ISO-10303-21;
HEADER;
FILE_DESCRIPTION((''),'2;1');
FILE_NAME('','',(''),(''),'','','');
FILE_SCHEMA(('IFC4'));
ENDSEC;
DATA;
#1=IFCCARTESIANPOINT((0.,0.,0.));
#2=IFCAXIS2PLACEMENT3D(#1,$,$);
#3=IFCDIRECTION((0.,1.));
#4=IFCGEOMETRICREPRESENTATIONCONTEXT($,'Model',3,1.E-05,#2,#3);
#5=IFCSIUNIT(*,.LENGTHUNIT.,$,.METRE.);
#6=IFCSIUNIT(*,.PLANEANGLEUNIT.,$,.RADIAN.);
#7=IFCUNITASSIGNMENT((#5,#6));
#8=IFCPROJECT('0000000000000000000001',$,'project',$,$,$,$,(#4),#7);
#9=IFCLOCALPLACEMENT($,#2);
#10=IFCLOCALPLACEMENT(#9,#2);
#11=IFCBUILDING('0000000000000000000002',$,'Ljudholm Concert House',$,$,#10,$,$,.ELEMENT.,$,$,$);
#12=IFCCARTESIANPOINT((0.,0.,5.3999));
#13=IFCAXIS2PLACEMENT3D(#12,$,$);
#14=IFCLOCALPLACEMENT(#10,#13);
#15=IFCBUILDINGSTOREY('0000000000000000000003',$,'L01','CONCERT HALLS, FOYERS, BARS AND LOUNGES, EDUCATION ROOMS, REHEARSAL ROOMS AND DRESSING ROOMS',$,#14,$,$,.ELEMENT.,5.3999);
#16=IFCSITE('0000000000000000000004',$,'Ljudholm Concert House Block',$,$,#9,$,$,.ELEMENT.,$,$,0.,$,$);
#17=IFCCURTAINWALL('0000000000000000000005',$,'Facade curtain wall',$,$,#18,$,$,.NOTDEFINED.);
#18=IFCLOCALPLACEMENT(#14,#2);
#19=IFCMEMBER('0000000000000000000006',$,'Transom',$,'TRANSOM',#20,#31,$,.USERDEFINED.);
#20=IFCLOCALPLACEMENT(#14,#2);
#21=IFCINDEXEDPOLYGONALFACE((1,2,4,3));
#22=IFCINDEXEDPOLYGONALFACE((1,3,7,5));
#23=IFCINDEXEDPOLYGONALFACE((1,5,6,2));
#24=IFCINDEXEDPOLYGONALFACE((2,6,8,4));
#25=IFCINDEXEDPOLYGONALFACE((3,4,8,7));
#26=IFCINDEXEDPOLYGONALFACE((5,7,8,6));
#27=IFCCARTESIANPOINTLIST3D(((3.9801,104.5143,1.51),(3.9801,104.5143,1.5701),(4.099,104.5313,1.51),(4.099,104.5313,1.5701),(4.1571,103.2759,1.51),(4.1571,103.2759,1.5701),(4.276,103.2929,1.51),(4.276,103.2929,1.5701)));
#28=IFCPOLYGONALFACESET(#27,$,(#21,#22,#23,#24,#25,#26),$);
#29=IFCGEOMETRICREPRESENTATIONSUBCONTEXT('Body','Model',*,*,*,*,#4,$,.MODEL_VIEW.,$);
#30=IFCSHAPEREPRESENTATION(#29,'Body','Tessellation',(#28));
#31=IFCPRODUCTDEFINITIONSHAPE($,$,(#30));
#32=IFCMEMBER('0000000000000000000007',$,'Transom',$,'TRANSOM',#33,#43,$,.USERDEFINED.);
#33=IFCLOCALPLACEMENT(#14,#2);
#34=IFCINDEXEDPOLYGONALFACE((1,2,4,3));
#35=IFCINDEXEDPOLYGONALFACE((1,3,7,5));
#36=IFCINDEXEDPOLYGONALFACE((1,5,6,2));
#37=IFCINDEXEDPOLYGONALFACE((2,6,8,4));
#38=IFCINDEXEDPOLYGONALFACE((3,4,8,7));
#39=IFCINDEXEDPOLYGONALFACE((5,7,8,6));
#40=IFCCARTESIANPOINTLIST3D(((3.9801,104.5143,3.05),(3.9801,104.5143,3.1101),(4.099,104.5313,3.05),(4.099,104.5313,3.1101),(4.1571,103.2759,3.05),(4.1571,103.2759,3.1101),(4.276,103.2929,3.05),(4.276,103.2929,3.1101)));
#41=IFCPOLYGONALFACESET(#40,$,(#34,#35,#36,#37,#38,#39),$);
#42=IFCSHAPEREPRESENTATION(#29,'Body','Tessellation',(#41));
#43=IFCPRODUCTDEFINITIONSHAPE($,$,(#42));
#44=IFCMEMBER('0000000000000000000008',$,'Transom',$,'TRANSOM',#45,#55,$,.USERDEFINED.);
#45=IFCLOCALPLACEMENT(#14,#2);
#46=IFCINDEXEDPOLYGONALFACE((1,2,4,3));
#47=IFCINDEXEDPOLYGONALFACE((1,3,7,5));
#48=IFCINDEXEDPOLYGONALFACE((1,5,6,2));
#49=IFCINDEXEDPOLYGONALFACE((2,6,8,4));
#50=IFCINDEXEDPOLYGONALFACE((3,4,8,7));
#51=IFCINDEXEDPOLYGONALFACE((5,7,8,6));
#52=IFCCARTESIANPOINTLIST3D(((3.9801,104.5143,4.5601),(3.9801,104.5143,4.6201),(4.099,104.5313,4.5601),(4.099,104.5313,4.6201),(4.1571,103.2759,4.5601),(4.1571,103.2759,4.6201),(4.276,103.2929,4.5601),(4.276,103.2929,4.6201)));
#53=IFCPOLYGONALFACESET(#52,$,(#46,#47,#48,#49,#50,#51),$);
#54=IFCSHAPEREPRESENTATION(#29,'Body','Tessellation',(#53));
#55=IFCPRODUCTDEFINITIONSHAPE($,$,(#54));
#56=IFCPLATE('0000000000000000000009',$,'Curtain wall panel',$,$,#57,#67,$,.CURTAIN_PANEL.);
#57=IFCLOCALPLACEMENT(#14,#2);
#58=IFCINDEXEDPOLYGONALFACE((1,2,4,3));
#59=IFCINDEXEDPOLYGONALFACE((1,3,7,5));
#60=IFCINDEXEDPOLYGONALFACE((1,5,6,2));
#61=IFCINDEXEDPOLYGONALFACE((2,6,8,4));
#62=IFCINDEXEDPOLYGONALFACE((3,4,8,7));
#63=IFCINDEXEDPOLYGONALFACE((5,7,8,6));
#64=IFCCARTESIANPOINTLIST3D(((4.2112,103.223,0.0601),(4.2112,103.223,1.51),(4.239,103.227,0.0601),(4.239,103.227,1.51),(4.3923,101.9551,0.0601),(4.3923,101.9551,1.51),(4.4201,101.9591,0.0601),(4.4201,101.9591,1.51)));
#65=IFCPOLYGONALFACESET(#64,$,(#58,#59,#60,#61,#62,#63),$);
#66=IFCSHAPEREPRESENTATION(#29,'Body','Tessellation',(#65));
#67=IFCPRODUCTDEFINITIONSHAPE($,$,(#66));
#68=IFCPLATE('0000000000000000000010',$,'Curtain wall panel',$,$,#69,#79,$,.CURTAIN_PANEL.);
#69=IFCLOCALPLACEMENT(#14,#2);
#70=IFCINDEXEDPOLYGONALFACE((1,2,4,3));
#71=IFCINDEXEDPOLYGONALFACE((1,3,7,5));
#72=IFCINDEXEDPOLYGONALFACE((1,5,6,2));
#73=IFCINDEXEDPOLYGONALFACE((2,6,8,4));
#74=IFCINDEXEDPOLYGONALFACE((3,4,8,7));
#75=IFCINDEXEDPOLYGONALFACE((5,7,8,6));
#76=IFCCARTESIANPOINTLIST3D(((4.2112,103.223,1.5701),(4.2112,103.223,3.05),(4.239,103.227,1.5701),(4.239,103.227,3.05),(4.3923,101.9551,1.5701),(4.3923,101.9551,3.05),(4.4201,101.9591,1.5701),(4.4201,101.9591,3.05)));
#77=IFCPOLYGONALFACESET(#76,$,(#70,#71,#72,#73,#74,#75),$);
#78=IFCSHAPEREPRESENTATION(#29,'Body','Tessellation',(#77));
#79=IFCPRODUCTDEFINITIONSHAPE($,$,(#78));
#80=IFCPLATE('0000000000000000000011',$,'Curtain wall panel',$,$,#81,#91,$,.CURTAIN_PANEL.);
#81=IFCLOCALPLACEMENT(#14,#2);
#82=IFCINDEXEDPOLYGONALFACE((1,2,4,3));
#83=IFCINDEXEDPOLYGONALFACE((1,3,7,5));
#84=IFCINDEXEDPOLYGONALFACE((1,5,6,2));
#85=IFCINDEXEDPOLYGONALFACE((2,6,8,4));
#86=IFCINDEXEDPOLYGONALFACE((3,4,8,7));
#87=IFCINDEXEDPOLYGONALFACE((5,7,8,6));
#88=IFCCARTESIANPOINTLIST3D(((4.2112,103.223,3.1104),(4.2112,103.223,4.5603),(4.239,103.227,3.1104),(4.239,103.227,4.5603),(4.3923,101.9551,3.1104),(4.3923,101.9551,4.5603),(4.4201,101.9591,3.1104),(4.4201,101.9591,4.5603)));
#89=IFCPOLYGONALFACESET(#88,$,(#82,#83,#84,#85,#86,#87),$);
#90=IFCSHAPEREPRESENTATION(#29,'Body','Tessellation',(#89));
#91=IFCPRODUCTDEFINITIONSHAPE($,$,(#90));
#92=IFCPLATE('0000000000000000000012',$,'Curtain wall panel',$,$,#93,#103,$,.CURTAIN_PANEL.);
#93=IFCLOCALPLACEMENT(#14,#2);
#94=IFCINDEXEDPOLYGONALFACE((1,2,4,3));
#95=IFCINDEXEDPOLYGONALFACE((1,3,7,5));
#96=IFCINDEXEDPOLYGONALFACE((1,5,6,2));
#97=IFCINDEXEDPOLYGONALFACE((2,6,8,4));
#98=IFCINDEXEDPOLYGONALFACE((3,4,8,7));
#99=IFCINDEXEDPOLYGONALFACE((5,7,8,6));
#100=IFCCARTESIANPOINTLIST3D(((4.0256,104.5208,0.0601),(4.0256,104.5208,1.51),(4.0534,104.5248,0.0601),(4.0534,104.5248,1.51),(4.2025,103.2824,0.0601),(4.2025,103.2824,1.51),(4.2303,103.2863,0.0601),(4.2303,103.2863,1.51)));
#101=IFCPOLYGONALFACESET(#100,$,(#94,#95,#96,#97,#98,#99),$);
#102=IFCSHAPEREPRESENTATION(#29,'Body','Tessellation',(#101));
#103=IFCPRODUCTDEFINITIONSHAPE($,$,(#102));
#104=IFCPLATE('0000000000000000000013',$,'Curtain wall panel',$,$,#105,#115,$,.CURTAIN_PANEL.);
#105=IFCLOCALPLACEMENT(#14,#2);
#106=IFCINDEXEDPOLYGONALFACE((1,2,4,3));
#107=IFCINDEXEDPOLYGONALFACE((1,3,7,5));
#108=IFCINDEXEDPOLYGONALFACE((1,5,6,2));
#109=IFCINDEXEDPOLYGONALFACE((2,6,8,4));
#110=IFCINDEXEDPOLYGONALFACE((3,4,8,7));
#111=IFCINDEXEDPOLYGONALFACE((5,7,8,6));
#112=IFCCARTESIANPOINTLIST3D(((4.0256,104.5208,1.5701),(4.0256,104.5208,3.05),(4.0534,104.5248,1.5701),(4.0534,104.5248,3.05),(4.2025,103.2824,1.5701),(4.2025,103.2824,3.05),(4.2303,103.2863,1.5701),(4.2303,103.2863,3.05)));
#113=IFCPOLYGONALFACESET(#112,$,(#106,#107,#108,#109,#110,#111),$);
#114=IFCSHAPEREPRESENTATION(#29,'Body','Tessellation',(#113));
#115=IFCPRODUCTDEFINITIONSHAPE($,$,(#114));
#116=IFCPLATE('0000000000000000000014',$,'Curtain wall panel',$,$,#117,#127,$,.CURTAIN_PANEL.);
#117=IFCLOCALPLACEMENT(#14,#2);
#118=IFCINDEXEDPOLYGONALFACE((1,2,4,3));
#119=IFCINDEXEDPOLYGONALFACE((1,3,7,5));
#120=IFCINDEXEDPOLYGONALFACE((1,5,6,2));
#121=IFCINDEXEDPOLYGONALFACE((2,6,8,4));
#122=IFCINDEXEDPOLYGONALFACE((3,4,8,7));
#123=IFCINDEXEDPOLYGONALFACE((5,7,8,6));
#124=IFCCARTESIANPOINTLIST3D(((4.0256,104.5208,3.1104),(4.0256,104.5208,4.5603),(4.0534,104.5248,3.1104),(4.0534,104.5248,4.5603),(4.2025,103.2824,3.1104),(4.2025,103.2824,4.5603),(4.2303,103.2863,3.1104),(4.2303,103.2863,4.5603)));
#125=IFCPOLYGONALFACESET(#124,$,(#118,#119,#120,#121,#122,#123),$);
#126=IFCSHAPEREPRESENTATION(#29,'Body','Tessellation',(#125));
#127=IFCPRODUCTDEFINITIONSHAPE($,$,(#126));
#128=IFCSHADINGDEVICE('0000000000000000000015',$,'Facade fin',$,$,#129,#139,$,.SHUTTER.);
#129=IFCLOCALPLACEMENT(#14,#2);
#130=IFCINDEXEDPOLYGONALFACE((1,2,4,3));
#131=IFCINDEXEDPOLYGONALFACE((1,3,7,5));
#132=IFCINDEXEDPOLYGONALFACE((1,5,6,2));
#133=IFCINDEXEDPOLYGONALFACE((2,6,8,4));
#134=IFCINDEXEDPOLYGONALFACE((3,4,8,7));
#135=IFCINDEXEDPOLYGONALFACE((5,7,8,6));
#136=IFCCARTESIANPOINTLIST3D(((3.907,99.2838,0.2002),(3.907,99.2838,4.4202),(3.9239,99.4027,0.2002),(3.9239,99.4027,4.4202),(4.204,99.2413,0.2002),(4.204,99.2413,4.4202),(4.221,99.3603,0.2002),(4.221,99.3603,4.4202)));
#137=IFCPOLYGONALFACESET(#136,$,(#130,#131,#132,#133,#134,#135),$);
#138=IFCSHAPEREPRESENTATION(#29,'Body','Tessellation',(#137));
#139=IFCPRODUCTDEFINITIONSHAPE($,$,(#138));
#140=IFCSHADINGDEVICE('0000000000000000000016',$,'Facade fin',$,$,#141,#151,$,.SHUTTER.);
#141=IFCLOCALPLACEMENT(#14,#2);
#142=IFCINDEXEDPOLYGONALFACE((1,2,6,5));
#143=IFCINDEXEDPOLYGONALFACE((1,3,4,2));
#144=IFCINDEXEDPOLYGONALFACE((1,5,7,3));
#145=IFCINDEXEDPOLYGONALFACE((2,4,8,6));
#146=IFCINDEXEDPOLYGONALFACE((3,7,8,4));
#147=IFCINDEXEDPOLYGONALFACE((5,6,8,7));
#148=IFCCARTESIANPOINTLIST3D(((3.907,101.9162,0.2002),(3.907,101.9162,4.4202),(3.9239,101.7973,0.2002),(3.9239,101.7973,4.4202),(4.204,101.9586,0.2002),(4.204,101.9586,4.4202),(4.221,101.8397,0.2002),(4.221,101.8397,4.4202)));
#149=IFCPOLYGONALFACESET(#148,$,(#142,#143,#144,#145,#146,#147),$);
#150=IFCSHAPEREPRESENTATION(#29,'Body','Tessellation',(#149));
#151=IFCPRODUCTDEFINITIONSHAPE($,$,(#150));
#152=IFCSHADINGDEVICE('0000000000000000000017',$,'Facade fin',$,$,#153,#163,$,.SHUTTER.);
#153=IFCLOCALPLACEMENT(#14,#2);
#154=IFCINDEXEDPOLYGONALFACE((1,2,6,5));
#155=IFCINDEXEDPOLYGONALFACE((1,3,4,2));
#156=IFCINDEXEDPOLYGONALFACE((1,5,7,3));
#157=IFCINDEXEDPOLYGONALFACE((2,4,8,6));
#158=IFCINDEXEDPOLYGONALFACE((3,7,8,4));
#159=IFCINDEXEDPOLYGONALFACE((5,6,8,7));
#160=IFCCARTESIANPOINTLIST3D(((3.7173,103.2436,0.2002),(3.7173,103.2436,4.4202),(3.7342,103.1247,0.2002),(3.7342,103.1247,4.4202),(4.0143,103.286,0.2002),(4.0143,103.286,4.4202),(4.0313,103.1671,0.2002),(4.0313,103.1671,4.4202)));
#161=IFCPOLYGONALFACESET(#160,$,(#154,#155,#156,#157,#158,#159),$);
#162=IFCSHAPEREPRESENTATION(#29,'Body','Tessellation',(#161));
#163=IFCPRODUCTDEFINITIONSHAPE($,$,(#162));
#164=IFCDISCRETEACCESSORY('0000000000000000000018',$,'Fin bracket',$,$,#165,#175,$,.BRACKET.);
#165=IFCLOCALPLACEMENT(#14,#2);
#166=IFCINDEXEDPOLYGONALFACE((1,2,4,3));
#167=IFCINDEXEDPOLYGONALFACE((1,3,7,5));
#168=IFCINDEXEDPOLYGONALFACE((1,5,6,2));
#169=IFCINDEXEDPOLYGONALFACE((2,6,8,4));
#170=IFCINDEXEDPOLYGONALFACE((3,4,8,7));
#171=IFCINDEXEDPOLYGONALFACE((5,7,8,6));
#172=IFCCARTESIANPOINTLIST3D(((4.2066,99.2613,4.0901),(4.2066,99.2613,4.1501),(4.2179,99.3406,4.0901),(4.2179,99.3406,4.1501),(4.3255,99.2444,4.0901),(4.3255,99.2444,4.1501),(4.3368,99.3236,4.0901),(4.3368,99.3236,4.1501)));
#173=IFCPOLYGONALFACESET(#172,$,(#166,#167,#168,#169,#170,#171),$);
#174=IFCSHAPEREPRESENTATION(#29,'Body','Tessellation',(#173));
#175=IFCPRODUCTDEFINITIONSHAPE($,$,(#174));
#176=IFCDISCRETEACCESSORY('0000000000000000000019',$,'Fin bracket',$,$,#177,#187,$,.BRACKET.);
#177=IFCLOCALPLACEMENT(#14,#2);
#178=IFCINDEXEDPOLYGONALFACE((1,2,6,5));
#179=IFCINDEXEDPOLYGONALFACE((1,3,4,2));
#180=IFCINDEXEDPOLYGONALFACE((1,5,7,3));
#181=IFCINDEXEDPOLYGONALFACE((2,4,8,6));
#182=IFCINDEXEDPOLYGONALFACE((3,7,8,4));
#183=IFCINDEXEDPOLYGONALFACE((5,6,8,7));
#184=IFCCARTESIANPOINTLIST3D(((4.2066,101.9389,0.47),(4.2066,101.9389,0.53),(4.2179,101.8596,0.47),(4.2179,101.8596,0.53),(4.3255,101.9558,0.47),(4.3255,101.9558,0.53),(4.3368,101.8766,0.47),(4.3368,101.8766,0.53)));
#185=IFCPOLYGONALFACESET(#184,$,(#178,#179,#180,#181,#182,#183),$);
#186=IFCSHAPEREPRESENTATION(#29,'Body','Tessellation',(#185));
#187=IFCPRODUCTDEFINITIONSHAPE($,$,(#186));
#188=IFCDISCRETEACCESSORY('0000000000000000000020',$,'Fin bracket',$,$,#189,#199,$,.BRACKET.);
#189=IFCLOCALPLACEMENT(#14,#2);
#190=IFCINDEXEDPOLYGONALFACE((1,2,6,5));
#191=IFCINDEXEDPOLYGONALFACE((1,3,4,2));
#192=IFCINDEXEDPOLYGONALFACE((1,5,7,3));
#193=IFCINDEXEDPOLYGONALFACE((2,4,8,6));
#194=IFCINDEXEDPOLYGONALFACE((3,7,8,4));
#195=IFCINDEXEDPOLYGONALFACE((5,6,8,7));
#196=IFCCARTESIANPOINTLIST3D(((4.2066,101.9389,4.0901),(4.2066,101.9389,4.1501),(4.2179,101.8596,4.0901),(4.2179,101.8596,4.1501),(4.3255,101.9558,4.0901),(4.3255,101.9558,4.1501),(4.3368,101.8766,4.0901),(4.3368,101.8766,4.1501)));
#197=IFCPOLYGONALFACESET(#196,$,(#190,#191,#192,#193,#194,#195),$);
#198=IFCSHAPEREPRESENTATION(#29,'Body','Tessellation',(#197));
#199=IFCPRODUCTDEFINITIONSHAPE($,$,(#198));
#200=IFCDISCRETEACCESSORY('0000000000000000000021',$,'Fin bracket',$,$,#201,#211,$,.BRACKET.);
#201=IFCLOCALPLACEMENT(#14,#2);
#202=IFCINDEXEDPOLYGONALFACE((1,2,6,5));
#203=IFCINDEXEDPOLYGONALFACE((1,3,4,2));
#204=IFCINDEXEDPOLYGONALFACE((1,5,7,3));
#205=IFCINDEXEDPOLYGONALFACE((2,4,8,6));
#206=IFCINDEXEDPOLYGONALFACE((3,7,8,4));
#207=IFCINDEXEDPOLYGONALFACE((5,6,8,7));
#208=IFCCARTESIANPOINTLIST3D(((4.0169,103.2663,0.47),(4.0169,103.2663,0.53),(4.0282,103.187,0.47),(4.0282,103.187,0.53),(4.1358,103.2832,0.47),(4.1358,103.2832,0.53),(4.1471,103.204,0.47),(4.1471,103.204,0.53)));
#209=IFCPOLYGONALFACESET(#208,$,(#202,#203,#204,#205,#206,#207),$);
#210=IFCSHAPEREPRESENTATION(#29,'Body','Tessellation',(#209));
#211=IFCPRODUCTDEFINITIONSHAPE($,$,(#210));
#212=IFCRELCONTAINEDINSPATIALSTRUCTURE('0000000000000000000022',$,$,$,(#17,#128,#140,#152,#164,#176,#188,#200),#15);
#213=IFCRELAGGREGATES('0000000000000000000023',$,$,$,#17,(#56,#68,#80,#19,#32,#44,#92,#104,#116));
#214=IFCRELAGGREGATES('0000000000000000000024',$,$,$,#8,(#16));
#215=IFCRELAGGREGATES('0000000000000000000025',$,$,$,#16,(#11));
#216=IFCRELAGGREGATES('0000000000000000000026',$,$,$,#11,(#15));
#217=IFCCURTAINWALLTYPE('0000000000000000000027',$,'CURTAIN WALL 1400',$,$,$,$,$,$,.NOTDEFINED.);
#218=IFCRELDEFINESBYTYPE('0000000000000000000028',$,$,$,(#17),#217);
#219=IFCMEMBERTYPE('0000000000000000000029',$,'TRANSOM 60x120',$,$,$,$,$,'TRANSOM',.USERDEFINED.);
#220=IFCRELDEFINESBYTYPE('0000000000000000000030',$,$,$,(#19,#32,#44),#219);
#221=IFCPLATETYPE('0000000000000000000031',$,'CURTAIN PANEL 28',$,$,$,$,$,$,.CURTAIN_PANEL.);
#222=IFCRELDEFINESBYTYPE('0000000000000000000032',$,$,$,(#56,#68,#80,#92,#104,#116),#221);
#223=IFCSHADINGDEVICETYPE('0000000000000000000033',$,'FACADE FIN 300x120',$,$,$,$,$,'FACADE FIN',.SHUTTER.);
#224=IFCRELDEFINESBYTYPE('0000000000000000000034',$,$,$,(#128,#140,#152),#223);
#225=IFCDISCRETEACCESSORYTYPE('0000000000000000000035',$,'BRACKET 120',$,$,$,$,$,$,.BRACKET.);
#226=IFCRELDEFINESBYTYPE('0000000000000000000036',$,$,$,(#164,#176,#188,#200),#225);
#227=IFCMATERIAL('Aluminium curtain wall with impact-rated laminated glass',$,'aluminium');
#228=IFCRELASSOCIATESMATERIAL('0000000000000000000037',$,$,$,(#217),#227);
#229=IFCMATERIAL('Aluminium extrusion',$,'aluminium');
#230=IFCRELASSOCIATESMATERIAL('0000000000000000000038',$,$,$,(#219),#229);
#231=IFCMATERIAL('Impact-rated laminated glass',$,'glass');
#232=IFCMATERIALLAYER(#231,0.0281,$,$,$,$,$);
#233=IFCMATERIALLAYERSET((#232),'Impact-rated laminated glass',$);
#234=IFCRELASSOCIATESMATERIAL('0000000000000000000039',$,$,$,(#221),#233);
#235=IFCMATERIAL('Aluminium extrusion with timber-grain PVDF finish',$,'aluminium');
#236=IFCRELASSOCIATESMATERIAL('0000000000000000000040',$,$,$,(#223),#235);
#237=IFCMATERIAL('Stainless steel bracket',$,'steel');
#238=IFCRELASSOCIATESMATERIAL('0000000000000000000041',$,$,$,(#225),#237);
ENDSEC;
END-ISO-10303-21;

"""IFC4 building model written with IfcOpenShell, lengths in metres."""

from ifc_helpers import new_model, si_unit, direction, frame, origin, origin_2d, place, context, subcontext, project, spatial, rectangle, extrude, material, layer, layer_set, material_profile, profile_set, type_object, element, aggregate, save


model = new_model("IFC4")

# Units and contexts
model_context = context("Model", 3, precision=1e-05, world=origin(), true_north=direction((0.0, 1.0)))
body_context = subcontext(model_context, "Body", "Model", "MODEL_VIEW")
ifc_project = project(units=[si_unit("LENGTHUNIT", "METRE"), si_unit("PLANEANGLEUNIT", "RADIAN")], contexts=[model_context])

# Site, building, storey
site_placement = place(None, origin())
site = spatial("IfcSite", under=ifc_project, at=site_placement, Name="Ljudholm Concert House Block", CompositionType="ELEMENT", RefElevation=0.0)
building_placement = place(site_placement, origin())
building = spatial("IfcBuilding", under=site, at=building_placement, Name="Ljudholm Concert House", CompositionType="ELEMENT")
storey_placement = place(building_placement, frame((0.0, 0.0, 5.3999)))
storey = spatial("IfcBuildingStorey", under=building, at=storey_placement, Name="L01", Description="CONCERT HALLS, FOYERS, BARS AND LOUNGES, EDUCATION ROOMS, REHEARSAL ROOMS AND DRESSING ROOMS", CompositionType="ELEMENT", Elevation=5.3999)

# Curtain wall
ifc_material_1 = material(Name="Aluminium curtain wall with impact-rated laminated glass", Category="aluminium")
curtain_wall_type = type_object("IfcCurtainWallType", Name="CURTAIN WALL 1400", PredefinedType="NOTDEFINED", material=ifc_material_1)
curtain_wall_placement = place(storey_placement, origin())
curtain_wall = element("IfcCurtainWall", 1, at=curtain_wall_placement, inside=storey, type_object=curtain_wall_type, Name="Facade curtain wall", PredefinedType="NOTDEFINED")

# Members
ifc_material_2 = material(Name="Aluminium extrusion", Category="aluminium")
ifc_material_profile_1 = material_profile(ifc_material_2, rectangle(XDim=0.1201, YDim=0.0601, at=origin_2d()), Name="TRANSOM 60x120")
ifc_profile_set_1 = profile_set([ifc_material_profile_1], Name="Aluminium extrusion")
member_type_1 = type_object("IfcMemberType", Name="TRANSOM 60x120", ElementType="TRANSOM", PredefinedType="USERDEFINED", material=ifc_profile_set_1)
member_1_placement = place(storey_placement, frame((4.2166, 103.2844, 1.54), z_axis=(-0.141503, 0.989938, 0.0), x_axis=(-0.989938, -0.141503, 0.0)))
member_1 = element("IfcMember", 2, at=member_1_placement, type_object=member_type_1, Name="Transom", ObjectType="TRANSOM", PredefinedType="USERDEFINED", context=body_context, shape_type="SweptSolid", body=[
    extrude(rectangle(XDim=0.1201, YDim=0.0601, at=origin_2d()), origin(), (0.0, 0.0, 1.0), 1.251),
])
member_2_placement = place(storey_placement, frame((4.2166, 103.2844, 3.0801), z_axis=(-0.141503, 0.989938, 0.0), x_axis=(-0.989938, -0.141503, 0.0)))
member_2 = element("IfcMember", 3, at=member_2_placement, type_object=member_type_1, Name="Transom", ObjectType="TRANSOM", PredefinedType="USERDEFINED", context=body_context, shape_type="SweptSolid", body=[
    extrude(rectangle(XDim=0.1201, YDim=0.0601, at=origin_2d()), origin(), (0.0, 0.0, 1.0), 1.251),
])
member_3_placement = place(storey_placement, frame((4.2166, 103.2844, 4.5901), z_axis=(-0.141503, 0.989938, 0.0), x_axis=(-0.989938, -0.141503, 0.0)))
member_3 = element("IfcMember", 4, at=member_3_placement, type_object=member_type_1, Name="Transom", ObjectType="TRANSOM", PredefinedType="USERDEFINED", context=body_context, shape_type="SweptSolid", body=[
    extrude(rectangle(XDim=0.1201, YDim=0.0601, at=origin_2d()), origin(), (0.0, 0.0, 1.0), 1.251),
])

# Plates
ifc_material_3 = material(Name="Impact-rated laminated glass", Category="glass")
ifc_layer = layer(ifc_material_3, 0.0281)
ifc_layer_set = layer_set([ifc_layer], Name="Impact-rated laminated glass")
plate_type = type_object("IfcPlateType", Name="CURTAIN PANEL 28", PredefinedType="CURTAIN_PANEL", material=ifc_layer_set)
plate_1_placement = place(storey_placement, frame((4.3157, 102.5911, 0.0601), z_axis=(0.0, 0.0, 1.0), x_axis=(-0.141421, 0.989949, 0.0)))
plate_1 = element("IfcPlate", 5, at=plate_1_placement, type_object=plate_type, Name="Curtain wall panel", PredefinedType="CURTAIN_PANEL", context=body_context, shape_type="SweptSolid", body=[
    extrude(rectangle(XDim=1.2808, YDim=0.0281, at=origin_2d()), origin(), (0.0, 0.0, 1.0), 1.45),
])
plate_2_placement = place(storey_placement, frame((4.3157, 102.5911, 1.5701), z_axis=(0.0, 0.0, 1.0), x_axis=(-0.141421, 0.989949, 0.0)))
plate_2 = element("IfcPlate", 6, at=plate_2_placement, type_object=plate_type, Name="Curtain wall panel", PredefinedType="CURTAIN_PANEL", context=body_context, shape_type="SweptSolid", body=[
    extrude(rectangle(XDim=1.2808, YDim=0.0281, at=origin_2d()), origin(), (0.0, 0.0, 1.0), 1.48),
])
plate_3_placement = place(storey_placement, frame((4.3157, 102.5911, 3.1104), z_axis=(0.0, 0.0, 1.0), x_axis=(-0.141421, 0.989949, 0.0)))
plate_3 = element("IfcPlate", 7, at=plate_3_placement, type_object=plate_type, Name="Curtain wall panel", PredefinedType="CURTAIN_PANEL", context=body_context, shape_type="SweptSolid", body=[
    extrude(rectangle(XDim=1.2808, YDim=0.0281, at=origin_2d()), origin(), (0.0, 0.0, 1.0), 1.45),
])
plate_4_placement = place(storey_placement, frame((4.1279, 103.9036, 0.0601), z_axis=(0.0, 0.0, 1.0), x_axis=(-0.141421, 0.989949, 0.0)))
plate_4 = element("IfcPlate", 8, at=plate_4_placement, type_object=plate_type, Name="Curtain wall panel", PredefinedType="CURTAIN_PANEL", context=body_context, shape_type="SweptSolid", body=[
    extrude(rectangle(XDim=1.251, YDim=0.0281, at=origin_2d()), origin(), (0.0, 0.0, 1.0), 1.45),
])
plate_5_placement = place(storey_placement, frame((4.1279, 103.9036, 1.5701), z_axis=(0.0, 0.0, 1.0), x_axis=(-0.141421, 0.989949, 0.0)))
plate_5 = element("IfcPlate", 9, at=plate_5_placement, type_object=plate_type, Name="Curtain wall panel", PredefinedType="CURTAIN_PANEL", context=body_context, shape_type="SweptSolid", body=[
    extrude(rectangle(XDim=1.251, YDim=0.0281, at=origin_2d()), origin(), (0.0, 0.0, 1.0), 1.48),
])
plate_6_placement = place(storey_placement, frame((4.1279, 103.9036, 3.1104), z_axis=(0.0, 0.0, 1.0), x_axis=(-0.141421, 0.989949, 0.0)))
plate_6 = element("IfcPlate", 10, at=plate_6_placement, type_object=plate_type, Name="Curtain wall panel", PredefinedType="CURTAIN_PANEL", context=body_context, shape_type="SweptSolid", body=[
    extrude(rectangle(XDim=1.251, YDim=0.0281, at=origin_2d()), origin(), (0.0, 0.0, 1.0), 1.45),
])
aggregate(curtain_wall, [plate_1, plate_2, plate_3, member_1, member_2, member_3, plate_4, plate_5, plate_6])

# Shading devices
ifc_material_4 = material(Name="Aluminium extrusion with timber-grain PVDF finish", Category="aluminium")
shading_device_type = type_object("IfcShadingDeviceType", Name="FACADE FIN 300x120", ElementType="FACADE FIN", PredefinedType="SHUTTER", material=ifc_material_4)
for number, where, z_axis, x_axis, name in (
    (11, (4.064, 99.322, 0.2002), (0.0, 0.0, 1.0), (-0.989949, 0.141421, 0.0), "Facade fin"),
    (12, (4.064, 101.8779, 0.2002), (0.0, 0.0, 1.0), (-0.989949, -0.141421, 0.0), "Facade fin"),
    (13, (3.8743, 103.2053, 0.2002), (0.0, 0.0, 1.0), (-0.989949, -0.141421, 0.0), "Facade fin"),
):
    element("IfcShadingDevice", number, at=place(storey_placement, frame(where, z_axis=z_axis, x_axis=x_axis)), inside=storey, type_object=shading_device_type, Name=name, PredefinedType="SHUTTER", context=body_context, shape_type="SweptSolid", body=[
        extrude(rectangle(XDim=0.3, YDim=0.1201, at=origin_2d()), origin(), (0.0, 0.0, 1.0), 4.22),
    ])

# Discrete accessories
ifc_material_5 = material(Name="Stainless steel bracket", Category="steel")
discrete_accessory_type = type_object("IfcDiscreteAccessoryType", Name="BRACKET 120", PredefinedType="BRACKET", material=ifc_material_5)
for number, where, z_axis, x_axis, name in (
    (14, (4.2717, 99.2925, 4.0901), (0.0, 0.0, 1.0), (-0.989949, 0.141421, 0.0), "Fin bracket"),
    (15, (4.2717, 101.9077, 0.47), (0.0, 0.0, 1.0), (-0.989949, -0.141421, 0.0), "Fin bracket"),
    (16, (4.2717, 101.9077, 4.0901), (0.0, 0.0, 1.0), (-0.989949, -0.141421, 0.0), "Fin bracket"),
    (17, (4.082, 103.2351, 0.47), (0.0, 0.0, 1.0), (-0.989949, -0.141421, 0.0), "Fin bracket"),
):
    element("IfcDiscreteAccessory", number, at=place(storey_placement, frame(where, z_axis=z_axis, x_axis=x_axis)), inside=storey, type_object=discrete_accessory_type, Name=name, PredefinedType="BRACKET", context=body_context, shape_type="SweptSolid", body=[
        extrude(rectangle(XDim=0.1201, YDim=0.0801, at=origin_2d()), origin(), (0.0, 0.0, 1.0), 0.0601),
    ])

save(model, "model.ifc")
